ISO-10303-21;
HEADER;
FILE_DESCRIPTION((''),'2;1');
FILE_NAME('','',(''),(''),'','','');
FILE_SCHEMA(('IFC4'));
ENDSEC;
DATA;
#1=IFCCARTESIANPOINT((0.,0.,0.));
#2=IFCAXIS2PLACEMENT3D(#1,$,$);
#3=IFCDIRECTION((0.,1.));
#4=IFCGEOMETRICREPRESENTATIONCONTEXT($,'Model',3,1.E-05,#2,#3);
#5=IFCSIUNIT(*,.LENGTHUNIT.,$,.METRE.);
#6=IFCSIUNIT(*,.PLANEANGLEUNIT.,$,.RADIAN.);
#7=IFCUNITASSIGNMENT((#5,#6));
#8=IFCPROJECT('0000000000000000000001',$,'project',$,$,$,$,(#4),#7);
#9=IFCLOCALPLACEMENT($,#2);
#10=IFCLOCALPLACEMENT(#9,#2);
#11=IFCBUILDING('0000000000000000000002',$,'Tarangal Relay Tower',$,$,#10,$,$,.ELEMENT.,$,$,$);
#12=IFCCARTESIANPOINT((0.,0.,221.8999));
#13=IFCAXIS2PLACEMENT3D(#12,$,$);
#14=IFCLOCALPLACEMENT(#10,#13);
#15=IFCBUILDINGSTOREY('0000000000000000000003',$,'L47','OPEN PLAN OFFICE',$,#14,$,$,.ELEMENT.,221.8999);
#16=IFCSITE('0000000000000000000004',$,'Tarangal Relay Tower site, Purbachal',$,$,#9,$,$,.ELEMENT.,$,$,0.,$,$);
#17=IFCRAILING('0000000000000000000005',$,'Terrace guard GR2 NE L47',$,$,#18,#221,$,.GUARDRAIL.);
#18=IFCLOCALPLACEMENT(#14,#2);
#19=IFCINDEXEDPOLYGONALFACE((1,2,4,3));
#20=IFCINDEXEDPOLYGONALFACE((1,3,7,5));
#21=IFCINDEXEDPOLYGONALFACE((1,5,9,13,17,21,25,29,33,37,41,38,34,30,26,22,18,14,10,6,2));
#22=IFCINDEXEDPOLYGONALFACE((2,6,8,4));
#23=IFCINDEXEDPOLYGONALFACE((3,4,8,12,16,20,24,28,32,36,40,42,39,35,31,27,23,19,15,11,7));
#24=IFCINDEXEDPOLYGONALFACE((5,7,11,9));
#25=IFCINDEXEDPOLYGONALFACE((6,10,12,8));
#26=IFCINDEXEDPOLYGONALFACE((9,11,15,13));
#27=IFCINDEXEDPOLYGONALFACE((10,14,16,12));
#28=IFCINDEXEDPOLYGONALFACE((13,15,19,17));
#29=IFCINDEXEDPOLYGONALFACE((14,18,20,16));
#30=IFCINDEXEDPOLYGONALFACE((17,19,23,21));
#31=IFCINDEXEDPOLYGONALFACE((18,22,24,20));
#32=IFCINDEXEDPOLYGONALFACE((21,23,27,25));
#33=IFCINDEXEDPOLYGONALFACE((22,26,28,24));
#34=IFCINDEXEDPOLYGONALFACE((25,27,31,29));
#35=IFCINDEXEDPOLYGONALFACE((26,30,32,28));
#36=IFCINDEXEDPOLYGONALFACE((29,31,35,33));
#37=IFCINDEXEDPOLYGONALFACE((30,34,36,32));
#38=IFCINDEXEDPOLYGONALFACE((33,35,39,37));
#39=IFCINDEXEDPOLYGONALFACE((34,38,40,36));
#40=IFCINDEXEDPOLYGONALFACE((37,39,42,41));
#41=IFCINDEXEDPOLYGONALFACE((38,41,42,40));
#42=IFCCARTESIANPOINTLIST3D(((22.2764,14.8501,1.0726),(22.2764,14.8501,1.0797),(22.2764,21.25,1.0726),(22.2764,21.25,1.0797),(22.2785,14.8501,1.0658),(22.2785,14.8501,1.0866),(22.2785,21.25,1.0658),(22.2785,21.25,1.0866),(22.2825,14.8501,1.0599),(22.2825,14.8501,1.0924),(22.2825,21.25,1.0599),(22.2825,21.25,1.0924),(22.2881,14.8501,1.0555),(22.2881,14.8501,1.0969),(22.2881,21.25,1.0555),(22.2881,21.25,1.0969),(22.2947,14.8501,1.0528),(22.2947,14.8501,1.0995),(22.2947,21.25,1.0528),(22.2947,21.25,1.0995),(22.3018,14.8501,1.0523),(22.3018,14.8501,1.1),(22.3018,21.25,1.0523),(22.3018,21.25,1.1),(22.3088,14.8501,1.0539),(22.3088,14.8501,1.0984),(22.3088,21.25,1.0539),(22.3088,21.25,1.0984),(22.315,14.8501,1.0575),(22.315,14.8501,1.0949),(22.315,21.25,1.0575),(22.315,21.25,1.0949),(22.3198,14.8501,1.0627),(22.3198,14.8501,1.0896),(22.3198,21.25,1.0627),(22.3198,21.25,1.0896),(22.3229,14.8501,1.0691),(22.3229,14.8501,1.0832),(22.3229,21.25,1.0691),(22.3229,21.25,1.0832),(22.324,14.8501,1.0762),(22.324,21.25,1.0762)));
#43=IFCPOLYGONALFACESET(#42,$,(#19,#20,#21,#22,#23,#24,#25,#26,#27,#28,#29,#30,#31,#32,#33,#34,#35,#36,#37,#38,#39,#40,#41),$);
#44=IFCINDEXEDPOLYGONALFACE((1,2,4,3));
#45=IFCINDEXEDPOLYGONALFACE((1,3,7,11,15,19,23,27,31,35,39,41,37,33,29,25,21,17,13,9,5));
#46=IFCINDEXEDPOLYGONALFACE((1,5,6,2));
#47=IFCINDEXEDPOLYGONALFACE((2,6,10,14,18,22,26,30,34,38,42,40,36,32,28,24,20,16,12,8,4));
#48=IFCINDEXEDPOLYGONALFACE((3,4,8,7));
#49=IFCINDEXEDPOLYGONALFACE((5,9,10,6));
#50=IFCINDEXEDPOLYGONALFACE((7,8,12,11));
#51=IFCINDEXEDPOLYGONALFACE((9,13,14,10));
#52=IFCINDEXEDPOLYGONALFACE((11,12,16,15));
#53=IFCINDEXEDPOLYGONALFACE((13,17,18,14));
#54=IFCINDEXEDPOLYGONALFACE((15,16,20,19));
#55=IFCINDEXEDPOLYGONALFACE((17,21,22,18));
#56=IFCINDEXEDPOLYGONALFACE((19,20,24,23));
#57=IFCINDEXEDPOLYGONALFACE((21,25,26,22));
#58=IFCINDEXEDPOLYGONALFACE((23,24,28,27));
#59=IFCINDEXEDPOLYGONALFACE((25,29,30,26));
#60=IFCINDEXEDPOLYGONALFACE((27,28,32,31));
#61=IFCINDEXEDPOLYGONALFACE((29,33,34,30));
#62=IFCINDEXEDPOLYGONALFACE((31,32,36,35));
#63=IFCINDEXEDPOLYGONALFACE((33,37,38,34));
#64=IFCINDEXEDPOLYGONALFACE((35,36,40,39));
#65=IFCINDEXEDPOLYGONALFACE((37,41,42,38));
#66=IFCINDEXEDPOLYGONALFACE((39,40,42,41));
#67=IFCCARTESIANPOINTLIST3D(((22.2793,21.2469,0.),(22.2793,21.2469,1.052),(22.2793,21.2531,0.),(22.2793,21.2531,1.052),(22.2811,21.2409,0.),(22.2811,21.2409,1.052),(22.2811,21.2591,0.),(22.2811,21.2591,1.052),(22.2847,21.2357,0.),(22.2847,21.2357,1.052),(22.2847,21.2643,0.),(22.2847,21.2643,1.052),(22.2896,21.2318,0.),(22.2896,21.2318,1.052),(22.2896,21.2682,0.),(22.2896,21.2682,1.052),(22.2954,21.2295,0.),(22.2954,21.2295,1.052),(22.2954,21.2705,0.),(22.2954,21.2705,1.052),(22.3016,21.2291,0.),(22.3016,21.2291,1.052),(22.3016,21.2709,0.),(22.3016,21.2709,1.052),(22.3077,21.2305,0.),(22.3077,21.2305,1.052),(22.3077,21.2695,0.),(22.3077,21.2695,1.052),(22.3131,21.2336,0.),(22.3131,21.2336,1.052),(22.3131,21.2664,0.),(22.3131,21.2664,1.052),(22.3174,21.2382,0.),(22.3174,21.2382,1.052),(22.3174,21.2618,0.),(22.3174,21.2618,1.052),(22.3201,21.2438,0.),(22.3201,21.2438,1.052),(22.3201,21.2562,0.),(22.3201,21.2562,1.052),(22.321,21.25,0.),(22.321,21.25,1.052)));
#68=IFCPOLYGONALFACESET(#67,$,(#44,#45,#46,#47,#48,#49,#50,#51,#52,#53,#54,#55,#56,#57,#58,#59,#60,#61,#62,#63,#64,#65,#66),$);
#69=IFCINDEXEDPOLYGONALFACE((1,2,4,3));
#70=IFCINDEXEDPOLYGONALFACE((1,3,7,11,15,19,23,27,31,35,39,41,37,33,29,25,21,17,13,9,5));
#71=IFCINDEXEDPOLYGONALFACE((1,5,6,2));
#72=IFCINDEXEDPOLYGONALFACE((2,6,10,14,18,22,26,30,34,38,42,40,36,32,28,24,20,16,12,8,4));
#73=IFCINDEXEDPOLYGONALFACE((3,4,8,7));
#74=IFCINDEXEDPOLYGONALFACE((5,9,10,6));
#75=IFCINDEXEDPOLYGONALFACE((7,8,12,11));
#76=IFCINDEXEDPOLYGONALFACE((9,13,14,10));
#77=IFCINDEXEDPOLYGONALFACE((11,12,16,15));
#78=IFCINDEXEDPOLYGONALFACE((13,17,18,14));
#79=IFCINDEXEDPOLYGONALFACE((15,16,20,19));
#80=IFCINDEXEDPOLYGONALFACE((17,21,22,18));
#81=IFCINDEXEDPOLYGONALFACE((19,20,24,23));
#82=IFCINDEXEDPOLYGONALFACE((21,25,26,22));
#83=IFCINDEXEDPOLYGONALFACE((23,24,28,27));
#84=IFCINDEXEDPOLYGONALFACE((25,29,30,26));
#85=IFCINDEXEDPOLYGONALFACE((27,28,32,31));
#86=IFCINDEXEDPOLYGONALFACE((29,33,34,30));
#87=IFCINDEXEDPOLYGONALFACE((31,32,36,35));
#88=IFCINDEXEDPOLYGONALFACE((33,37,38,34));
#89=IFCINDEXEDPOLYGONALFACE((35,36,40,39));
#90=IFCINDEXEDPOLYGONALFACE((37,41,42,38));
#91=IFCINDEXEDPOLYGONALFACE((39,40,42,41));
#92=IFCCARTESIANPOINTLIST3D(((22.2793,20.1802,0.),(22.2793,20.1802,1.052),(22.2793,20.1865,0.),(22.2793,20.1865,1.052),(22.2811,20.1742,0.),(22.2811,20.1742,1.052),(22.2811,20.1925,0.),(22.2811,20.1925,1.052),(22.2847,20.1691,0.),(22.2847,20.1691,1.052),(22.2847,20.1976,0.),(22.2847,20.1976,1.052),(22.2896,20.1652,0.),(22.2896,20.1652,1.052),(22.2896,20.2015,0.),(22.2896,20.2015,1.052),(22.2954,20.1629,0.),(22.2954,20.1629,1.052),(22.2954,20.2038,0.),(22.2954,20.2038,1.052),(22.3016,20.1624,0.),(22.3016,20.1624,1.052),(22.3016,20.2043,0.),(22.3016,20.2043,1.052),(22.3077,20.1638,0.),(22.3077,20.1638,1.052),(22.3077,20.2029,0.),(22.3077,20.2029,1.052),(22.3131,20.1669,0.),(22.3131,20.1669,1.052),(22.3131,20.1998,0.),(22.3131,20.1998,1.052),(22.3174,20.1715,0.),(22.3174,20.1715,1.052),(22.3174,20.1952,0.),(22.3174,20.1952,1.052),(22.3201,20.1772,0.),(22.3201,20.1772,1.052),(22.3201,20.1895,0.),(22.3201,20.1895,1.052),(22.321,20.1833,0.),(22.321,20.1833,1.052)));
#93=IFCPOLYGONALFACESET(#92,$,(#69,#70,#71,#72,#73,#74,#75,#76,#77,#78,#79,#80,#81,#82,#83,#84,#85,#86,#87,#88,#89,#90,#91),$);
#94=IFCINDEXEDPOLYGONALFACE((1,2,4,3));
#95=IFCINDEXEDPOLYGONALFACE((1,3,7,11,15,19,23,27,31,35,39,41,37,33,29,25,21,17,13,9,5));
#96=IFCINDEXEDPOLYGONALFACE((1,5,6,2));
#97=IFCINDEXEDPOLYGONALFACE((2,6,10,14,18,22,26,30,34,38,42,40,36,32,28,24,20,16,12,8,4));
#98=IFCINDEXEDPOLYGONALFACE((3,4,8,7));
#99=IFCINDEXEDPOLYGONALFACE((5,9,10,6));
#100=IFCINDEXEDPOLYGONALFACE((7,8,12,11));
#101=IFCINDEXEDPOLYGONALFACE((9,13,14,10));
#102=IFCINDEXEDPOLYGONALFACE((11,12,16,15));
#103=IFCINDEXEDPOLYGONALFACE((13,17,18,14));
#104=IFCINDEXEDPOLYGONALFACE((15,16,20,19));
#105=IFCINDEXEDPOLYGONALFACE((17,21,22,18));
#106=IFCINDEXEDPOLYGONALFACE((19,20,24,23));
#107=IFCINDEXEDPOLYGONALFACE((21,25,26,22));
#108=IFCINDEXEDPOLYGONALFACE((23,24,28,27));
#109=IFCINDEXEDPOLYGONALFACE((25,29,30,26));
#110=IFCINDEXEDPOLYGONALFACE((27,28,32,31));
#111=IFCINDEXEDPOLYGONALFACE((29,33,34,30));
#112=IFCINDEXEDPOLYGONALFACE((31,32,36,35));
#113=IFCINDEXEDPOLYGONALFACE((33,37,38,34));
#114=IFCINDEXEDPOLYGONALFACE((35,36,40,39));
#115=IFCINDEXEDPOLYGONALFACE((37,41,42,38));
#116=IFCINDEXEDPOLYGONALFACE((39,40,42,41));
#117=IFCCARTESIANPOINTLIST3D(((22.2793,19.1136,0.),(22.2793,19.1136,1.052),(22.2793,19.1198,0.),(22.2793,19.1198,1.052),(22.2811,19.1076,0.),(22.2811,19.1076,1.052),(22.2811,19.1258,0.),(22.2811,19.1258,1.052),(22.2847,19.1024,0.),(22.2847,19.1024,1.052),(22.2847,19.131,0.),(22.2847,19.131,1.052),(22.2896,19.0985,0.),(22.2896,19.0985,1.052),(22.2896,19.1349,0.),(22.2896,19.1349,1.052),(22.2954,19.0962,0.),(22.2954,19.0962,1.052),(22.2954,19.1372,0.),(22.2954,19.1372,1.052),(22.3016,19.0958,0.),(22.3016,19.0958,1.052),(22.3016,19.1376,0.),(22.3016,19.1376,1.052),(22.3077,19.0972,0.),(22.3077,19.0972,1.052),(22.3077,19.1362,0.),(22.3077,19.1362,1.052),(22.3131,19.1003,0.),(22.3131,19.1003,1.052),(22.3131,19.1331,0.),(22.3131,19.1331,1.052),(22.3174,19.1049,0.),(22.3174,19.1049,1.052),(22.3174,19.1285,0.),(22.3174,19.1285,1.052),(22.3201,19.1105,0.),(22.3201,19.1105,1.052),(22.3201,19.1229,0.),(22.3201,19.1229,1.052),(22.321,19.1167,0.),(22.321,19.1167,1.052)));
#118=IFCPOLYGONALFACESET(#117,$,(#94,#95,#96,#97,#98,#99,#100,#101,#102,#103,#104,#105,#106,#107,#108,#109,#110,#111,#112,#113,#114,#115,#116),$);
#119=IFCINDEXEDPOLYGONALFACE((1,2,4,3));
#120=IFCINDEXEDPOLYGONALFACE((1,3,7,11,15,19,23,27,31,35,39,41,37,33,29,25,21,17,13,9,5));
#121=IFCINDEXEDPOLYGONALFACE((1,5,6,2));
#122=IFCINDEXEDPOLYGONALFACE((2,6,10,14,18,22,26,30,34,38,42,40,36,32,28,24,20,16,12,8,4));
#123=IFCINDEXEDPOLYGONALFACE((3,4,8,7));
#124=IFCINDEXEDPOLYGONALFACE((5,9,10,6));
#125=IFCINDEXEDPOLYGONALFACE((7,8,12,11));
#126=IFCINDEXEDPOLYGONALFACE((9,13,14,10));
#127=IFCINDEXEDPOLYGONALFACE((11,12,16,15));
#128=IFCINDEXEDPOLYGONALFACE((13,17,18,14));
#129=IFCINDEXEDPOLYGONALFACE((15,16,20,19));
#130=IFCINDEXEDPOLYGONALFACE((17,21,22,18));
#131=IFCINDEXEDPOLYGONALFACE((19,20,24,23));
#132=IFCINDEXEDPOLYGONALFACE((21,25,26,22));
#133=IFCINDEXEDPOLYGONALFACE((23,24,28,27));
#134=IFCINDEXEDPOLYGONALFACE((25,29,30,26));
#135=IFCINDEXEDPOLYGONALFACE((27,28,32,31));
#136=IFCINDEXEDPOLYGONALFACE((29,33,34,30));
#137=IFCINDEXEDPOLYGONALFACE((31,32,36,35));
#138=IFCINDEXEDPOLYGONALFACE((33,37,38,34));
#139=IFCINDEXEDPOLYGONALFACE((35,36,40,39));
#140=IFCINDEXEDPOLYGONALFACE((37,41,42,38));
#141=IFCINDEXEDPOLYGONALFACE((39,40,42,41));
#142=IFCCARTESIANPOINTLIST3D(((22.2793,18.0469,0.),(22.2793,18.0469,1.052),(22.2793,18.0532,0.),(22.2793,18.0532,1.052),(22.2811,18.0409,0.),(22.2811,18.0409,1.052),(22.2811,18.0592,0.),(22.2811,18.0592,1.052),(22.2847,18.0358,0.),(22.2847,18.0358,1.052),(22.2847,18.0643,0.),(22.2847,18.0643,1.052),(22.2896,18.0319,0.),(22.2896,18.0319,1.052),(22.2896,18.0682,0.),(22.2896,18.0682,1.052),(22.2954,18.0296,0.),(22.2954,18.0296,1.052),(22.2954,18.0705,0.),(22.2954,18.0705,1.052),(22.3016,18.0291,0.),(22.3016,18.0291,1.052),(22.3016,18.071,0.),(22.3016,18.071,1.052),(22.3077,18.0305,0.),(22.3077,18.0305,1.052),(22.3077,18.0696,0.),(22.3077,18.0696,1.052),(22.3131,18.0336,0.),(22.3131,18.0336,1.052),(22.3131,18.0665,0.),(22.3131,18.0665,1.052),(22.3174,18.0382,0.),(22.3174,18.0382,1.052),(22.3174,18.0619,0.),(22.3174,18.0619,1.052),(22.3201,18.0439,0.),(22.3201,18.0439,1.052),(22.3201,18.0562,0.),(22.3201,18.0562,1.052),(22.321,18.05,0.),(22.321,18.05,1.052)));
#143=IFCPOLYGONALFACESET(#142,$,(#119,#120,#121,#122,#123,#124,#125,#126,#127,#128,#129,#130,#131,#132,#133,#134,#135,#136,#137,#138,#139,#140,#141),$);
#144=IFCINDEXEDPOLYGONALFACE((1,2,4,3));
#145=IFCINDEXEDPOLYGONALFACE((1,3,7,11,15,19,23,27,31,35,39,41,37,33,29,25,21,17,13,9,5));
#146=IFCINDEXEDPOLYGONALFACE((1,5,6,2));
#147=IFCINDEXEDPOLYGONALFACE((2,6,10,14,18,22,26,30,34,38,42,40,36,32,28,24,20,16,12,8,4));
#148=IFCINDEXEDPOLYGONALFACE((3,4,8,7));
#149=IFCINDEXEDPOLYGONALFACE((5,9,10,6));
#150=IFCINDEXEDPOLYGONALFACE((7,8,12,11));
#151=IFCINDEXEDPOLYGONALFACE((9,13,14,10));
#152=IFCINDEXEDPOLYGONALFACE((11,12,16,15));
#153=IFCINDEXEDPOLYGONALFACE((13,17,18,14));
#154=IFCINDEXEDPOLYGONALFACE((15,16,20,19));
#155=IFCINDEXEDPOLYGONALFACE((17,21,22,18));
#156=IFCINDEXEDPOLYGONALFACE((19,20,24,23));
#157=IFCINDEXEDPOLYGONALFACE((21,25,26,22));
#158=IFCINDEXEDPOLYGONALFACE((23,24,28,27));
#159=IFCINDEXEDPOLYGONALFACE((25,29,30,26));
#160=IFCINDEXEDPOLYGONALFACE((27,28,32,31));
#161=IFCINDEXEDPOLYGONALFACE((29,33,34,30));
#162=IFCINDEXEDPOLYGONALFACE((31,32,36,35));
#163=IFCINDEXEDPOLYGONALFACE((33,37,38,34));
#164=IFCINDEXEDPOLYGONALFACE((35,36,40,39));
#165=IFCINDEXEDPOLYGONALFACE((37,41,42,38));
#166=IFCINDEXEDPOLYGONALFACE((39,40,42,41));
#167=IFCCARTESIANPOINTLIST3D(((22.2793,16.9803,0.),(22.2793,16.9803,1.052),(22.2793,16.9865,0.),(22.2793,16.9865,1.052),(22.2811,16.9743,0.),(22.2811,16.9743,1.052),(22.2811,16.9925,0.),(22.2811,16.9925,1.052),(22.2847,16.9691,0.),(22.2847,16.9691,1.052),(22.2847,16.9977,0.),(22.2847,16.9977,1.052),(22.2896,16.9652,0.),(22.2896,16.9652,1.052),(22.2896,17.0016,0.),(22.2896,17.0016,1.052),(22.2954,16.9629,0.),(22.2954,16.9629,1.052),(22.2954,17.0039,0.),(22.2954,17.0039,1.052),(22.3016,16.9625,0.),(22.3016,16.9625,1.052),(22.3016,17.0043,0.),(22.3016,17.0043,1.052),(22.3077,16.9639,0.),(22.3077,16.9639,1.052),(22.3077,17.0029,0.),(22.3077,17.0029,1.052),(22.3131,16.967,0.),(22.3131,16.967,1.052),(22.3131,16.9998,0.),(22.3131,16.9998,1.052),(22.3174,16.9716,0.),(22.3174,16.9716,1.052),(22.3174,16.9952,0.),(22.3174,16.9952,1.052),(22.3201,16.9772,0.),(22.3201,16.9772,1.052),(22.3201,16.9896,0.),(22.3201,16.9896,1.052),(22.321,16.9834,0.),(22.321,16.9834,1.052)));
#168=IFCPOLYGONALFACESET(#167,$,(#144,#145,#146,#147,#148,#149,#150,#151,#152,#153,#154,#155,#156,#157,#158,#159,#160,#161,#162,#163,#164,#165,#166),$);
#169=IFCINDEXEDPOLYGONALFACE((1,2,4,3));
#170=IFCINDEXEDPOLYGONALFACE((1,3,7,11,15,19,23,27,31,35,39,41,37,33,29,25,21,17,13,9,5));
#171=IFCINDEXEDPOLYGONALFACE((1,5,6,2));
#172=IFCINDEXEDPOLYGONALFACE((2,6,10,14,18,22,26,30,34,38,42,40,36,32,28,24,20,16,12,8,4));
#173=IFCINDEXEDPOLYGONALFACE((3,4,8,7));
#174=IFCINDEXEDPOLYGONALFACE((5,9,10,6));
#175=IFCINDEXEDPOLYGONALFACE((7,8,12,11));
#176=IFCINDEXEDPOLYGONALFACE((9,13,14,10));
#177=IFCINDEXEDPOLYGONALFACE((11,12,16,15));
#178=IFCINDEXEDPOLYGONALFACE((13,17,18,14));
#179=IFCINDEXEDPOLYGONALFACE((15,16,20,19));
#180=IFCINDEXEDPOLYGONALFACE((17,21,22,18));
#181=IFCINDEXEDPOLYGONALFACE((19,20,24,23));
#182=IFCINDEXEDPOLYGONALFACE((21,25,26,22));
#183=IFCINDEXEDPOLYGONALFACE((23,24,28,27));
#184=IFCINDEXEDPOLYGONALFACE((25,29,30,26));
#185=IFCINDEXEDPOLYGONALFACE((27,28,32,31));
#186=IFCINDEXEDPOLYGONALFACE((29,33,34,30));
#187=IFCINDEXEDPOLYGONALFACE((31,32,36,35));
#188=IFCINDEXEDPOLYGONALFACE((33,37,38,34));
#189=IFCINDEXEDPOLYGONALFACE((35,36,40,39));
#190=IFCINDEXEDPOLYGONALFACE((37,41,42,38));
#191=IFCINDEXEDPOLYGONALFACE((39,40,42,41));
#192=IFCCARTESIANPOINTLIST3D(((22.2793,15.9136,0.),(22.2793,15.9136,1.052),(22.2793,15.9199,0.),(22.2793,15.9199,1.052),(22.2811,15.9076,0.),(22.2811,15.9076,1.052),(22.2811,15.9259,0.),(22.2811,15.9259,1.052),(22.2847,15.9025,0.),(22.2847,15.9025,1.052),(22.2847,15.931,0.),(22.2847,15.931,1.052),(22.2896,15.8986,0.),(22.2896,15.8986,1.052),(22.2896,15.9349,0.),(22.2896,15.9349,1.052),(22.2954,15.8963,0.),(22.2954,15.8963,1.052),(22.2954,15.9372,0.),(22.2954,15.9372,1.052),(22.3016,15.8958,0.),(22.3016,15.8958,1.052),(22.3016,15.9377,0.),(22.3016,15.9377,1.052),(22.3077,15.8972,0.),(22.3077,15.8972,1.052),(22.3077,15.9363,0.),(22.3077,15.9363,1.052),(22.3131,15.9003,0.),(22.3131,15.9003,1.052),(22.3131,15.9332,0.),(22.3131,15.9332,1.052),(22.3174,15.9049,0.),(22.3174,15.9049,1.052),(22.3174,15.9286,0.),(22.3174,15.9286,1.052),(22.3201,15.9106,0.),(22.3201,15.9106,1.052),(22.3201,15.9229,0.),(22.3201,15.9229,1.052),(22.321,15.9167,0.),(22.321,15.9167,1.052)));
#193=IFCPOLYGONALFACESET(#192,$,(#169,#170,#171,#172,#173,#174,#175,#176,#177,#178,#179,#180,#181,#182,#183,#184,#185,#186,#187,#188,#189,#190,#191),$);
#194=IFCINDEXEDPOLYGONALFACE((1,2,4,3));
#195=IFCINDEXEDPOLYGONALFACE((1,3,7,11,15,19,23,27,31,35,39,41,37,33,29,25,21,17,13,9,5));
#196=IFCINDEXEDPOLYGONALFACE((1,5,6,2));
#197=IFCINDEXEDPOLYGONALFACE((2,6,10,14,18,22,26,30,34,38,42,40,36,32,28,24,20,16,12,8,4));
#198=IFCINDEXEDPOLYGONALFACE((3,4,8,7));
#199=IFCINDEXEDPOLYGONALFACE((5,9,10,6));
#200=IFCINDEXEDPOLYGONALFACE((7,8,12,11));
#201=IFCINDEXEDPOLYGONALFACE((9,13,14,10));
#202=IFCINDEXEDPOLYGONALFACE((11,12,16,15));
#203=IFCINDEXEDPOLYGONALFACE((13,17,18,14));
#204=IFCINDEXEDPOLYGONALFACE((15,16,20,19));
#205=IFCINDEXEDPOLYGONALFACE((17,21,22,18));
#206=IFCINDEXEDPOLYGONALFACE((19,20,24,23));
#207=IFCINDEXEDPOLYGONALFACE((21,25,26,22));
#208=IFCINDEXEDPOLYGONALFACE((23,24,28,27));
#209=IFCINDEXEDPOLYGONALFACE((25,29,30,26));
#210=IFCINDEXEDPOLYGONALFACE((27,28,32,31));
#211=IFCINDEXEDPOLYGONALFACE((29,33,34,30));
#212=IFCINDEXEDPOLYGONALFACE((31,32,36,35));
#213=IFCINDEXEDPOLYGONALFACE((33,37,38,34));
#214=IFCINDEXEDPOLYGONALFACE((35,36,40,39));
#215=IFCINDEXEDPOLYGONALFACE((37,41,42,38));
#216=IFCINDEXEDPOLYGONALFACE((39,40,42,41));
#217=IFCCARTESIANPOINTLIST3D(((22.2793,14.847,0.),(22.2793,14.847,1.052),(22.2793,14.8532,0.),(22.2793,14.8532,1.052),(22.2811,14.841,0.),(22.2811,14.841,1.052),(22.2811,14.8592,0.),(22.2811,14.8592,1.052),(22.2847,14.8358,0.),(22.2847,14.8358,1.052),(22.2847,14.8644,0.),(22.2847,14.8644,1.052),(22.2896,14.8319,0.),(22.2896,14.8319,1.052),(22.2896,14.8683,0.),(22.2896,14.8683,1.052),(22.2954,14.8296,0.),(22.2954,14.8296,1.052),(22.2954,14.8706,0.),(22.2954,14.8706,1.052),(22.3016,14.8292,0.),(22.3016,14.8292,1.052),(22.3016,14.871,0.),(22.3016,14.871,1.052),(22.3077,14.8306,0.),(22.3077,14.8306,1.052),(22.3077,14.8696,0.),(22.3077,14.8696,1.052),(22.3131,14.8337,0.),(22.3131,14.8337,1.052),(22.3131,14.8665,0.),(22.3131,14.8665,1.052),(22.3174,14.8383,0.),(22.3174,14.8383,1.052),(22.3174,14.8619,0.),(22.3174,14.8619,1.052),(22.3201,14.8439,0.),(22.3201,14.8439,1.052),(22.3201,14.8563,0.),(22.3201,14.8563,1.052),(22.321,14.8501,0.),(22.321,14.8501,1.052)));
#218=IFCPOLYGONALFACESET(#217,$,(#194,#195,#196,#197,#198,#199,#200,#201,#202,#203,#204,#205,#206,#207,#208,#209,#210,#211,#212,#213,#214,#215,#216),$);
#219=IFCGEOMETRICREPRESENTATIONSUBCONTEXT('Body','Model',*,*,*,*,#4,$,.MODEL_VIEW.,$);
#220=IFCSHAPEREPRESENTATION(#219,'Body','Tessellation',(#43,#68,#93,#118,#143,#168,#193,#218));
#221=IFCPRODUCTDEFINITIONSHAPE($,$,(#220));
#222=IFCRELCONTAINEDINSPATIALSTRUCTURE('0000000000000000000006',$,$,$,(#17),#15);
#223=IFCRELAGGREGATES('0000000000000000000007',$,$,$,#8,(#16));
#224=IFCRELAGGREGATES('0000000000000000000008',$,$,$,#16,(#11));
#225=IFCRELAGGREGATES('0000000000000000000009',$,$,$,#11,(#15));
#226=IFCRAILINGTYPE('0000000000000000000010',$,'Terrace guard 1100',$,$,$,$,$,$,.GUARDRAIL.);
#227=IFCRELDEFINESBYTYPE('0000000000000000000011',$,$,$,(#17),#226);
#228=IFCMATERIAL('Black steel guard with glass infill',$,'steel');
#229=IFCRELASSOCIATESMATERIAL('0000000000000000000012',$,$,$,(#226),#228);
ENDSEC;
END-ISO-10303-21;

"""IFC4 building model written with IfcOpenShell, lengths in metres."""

from ifc_helpers import new_model, si_unit, direction, frame, origin, origin_2d, place, context, subcontext, project, spatial, circle, extrude, material, type_object, element, save


model = new_model("IFC4")

# Units and contexts
model_context = context("Model", 3, precision=1e-05, world=origin(), true_north=direction((0.0, 1.0)))
body_context = subcontext(model_context, "Body", "Model", "MODEL_VIEW")
ifc_project = project(units=[si_unit("LENGTHUNIT", "METRE"), si_unit("PLANEANGLEUNIT", "RADIAN")], contexts=[model_context])

# Site, building, storey
site_placement = place(None, origin())
site = spatial("IfcSite", under=ifc_project, at=site_placement, Name="Tarangal Relay Tower site, Purbachal", CompositionType="ELEMENT", RefElevation=0.0)
building_placement = place(site_placement, origin())
building = spatial("IfcBuilding", under=site, at=building_placement, Name="Tarangal Relay Tower", CompositionType="ELEMENT")
storey_placement = place(building_placement, frame((0.0, 0.0, 221.8999)))
storey = spatial("IfcBuildingStorey", under=building, at=storey_placement, Name="L47", Description="OPEN PLAN OFFICE", CompositionType="ELEMENT", Elevation=221.8999)

# Railing
ifc_material_1 = material(Name="Black steel guard with glass infill", Category="steel")
railing_type = type_object("IfcRailingType", Name="Terrace guard 1100", PredefinedType="GUARDRAIL", material=ifc_material_1)
railing_1_placement = place(storey_placement, frame((22.3, 21.25, 0.0)))
element("IfcRailing", 1, at=railing_1_placement, inside=storey, type_object=railing_type, Name="Terrace guard GR2 NE L47", PredefinedType="GUARDRAIL", context=body_context, shape_type="SweptSolid", body=[
    extrude(circle(Radius=0.0239, at=origin_2d()), frame((0.0, 0.0, 1.0762), z_axis=(0.0, -1.0, 0.0), x_axis=(1.0, 0.0, 0.0)), (0.0, 0.0, 1.0), 6.3999),
    extrude(circle(Radius=0.021, at=origin_2d()), origin(), (0.0, 0.0, 1.0), 1.052),
    extrude(circle(Radius=0.021, at=origin_2d()), frame((0.0, -1.0667, 0.0)), (0.0, 0.0, 1.0), 1.052),
    extrude(circle(Radius=0.021, at=origin_2d()), frame((0.0, -2.1333, 0.0)), (0.0, 0.0, 1.0), 1.052),
    extrude(circle(Radius=0.021, at=origin_2d()), frame((0.0, -3.2, 0.0)), (0.0, 0.0, 1.0), 1.052),
    extrude(circle(Radius=0.021, at=origin_2d()), frame((0.0, -4.2666, 0.0)), (0.0, 0.0, 1.0), 1.052),
    extrude(circle(Radius=0.021, at=origin_2d()), frame((0.0, -5.3333, 0.0)), (0.0, 0.0, 1.0), 1.052),
    extrude(circle(Radius=0.021, at=origin_2d()), frame((0.0, -6.3999, 0.0)), (0.0, 0.0, 1.0), 1.052),
])

save(model, "model.ifc")
